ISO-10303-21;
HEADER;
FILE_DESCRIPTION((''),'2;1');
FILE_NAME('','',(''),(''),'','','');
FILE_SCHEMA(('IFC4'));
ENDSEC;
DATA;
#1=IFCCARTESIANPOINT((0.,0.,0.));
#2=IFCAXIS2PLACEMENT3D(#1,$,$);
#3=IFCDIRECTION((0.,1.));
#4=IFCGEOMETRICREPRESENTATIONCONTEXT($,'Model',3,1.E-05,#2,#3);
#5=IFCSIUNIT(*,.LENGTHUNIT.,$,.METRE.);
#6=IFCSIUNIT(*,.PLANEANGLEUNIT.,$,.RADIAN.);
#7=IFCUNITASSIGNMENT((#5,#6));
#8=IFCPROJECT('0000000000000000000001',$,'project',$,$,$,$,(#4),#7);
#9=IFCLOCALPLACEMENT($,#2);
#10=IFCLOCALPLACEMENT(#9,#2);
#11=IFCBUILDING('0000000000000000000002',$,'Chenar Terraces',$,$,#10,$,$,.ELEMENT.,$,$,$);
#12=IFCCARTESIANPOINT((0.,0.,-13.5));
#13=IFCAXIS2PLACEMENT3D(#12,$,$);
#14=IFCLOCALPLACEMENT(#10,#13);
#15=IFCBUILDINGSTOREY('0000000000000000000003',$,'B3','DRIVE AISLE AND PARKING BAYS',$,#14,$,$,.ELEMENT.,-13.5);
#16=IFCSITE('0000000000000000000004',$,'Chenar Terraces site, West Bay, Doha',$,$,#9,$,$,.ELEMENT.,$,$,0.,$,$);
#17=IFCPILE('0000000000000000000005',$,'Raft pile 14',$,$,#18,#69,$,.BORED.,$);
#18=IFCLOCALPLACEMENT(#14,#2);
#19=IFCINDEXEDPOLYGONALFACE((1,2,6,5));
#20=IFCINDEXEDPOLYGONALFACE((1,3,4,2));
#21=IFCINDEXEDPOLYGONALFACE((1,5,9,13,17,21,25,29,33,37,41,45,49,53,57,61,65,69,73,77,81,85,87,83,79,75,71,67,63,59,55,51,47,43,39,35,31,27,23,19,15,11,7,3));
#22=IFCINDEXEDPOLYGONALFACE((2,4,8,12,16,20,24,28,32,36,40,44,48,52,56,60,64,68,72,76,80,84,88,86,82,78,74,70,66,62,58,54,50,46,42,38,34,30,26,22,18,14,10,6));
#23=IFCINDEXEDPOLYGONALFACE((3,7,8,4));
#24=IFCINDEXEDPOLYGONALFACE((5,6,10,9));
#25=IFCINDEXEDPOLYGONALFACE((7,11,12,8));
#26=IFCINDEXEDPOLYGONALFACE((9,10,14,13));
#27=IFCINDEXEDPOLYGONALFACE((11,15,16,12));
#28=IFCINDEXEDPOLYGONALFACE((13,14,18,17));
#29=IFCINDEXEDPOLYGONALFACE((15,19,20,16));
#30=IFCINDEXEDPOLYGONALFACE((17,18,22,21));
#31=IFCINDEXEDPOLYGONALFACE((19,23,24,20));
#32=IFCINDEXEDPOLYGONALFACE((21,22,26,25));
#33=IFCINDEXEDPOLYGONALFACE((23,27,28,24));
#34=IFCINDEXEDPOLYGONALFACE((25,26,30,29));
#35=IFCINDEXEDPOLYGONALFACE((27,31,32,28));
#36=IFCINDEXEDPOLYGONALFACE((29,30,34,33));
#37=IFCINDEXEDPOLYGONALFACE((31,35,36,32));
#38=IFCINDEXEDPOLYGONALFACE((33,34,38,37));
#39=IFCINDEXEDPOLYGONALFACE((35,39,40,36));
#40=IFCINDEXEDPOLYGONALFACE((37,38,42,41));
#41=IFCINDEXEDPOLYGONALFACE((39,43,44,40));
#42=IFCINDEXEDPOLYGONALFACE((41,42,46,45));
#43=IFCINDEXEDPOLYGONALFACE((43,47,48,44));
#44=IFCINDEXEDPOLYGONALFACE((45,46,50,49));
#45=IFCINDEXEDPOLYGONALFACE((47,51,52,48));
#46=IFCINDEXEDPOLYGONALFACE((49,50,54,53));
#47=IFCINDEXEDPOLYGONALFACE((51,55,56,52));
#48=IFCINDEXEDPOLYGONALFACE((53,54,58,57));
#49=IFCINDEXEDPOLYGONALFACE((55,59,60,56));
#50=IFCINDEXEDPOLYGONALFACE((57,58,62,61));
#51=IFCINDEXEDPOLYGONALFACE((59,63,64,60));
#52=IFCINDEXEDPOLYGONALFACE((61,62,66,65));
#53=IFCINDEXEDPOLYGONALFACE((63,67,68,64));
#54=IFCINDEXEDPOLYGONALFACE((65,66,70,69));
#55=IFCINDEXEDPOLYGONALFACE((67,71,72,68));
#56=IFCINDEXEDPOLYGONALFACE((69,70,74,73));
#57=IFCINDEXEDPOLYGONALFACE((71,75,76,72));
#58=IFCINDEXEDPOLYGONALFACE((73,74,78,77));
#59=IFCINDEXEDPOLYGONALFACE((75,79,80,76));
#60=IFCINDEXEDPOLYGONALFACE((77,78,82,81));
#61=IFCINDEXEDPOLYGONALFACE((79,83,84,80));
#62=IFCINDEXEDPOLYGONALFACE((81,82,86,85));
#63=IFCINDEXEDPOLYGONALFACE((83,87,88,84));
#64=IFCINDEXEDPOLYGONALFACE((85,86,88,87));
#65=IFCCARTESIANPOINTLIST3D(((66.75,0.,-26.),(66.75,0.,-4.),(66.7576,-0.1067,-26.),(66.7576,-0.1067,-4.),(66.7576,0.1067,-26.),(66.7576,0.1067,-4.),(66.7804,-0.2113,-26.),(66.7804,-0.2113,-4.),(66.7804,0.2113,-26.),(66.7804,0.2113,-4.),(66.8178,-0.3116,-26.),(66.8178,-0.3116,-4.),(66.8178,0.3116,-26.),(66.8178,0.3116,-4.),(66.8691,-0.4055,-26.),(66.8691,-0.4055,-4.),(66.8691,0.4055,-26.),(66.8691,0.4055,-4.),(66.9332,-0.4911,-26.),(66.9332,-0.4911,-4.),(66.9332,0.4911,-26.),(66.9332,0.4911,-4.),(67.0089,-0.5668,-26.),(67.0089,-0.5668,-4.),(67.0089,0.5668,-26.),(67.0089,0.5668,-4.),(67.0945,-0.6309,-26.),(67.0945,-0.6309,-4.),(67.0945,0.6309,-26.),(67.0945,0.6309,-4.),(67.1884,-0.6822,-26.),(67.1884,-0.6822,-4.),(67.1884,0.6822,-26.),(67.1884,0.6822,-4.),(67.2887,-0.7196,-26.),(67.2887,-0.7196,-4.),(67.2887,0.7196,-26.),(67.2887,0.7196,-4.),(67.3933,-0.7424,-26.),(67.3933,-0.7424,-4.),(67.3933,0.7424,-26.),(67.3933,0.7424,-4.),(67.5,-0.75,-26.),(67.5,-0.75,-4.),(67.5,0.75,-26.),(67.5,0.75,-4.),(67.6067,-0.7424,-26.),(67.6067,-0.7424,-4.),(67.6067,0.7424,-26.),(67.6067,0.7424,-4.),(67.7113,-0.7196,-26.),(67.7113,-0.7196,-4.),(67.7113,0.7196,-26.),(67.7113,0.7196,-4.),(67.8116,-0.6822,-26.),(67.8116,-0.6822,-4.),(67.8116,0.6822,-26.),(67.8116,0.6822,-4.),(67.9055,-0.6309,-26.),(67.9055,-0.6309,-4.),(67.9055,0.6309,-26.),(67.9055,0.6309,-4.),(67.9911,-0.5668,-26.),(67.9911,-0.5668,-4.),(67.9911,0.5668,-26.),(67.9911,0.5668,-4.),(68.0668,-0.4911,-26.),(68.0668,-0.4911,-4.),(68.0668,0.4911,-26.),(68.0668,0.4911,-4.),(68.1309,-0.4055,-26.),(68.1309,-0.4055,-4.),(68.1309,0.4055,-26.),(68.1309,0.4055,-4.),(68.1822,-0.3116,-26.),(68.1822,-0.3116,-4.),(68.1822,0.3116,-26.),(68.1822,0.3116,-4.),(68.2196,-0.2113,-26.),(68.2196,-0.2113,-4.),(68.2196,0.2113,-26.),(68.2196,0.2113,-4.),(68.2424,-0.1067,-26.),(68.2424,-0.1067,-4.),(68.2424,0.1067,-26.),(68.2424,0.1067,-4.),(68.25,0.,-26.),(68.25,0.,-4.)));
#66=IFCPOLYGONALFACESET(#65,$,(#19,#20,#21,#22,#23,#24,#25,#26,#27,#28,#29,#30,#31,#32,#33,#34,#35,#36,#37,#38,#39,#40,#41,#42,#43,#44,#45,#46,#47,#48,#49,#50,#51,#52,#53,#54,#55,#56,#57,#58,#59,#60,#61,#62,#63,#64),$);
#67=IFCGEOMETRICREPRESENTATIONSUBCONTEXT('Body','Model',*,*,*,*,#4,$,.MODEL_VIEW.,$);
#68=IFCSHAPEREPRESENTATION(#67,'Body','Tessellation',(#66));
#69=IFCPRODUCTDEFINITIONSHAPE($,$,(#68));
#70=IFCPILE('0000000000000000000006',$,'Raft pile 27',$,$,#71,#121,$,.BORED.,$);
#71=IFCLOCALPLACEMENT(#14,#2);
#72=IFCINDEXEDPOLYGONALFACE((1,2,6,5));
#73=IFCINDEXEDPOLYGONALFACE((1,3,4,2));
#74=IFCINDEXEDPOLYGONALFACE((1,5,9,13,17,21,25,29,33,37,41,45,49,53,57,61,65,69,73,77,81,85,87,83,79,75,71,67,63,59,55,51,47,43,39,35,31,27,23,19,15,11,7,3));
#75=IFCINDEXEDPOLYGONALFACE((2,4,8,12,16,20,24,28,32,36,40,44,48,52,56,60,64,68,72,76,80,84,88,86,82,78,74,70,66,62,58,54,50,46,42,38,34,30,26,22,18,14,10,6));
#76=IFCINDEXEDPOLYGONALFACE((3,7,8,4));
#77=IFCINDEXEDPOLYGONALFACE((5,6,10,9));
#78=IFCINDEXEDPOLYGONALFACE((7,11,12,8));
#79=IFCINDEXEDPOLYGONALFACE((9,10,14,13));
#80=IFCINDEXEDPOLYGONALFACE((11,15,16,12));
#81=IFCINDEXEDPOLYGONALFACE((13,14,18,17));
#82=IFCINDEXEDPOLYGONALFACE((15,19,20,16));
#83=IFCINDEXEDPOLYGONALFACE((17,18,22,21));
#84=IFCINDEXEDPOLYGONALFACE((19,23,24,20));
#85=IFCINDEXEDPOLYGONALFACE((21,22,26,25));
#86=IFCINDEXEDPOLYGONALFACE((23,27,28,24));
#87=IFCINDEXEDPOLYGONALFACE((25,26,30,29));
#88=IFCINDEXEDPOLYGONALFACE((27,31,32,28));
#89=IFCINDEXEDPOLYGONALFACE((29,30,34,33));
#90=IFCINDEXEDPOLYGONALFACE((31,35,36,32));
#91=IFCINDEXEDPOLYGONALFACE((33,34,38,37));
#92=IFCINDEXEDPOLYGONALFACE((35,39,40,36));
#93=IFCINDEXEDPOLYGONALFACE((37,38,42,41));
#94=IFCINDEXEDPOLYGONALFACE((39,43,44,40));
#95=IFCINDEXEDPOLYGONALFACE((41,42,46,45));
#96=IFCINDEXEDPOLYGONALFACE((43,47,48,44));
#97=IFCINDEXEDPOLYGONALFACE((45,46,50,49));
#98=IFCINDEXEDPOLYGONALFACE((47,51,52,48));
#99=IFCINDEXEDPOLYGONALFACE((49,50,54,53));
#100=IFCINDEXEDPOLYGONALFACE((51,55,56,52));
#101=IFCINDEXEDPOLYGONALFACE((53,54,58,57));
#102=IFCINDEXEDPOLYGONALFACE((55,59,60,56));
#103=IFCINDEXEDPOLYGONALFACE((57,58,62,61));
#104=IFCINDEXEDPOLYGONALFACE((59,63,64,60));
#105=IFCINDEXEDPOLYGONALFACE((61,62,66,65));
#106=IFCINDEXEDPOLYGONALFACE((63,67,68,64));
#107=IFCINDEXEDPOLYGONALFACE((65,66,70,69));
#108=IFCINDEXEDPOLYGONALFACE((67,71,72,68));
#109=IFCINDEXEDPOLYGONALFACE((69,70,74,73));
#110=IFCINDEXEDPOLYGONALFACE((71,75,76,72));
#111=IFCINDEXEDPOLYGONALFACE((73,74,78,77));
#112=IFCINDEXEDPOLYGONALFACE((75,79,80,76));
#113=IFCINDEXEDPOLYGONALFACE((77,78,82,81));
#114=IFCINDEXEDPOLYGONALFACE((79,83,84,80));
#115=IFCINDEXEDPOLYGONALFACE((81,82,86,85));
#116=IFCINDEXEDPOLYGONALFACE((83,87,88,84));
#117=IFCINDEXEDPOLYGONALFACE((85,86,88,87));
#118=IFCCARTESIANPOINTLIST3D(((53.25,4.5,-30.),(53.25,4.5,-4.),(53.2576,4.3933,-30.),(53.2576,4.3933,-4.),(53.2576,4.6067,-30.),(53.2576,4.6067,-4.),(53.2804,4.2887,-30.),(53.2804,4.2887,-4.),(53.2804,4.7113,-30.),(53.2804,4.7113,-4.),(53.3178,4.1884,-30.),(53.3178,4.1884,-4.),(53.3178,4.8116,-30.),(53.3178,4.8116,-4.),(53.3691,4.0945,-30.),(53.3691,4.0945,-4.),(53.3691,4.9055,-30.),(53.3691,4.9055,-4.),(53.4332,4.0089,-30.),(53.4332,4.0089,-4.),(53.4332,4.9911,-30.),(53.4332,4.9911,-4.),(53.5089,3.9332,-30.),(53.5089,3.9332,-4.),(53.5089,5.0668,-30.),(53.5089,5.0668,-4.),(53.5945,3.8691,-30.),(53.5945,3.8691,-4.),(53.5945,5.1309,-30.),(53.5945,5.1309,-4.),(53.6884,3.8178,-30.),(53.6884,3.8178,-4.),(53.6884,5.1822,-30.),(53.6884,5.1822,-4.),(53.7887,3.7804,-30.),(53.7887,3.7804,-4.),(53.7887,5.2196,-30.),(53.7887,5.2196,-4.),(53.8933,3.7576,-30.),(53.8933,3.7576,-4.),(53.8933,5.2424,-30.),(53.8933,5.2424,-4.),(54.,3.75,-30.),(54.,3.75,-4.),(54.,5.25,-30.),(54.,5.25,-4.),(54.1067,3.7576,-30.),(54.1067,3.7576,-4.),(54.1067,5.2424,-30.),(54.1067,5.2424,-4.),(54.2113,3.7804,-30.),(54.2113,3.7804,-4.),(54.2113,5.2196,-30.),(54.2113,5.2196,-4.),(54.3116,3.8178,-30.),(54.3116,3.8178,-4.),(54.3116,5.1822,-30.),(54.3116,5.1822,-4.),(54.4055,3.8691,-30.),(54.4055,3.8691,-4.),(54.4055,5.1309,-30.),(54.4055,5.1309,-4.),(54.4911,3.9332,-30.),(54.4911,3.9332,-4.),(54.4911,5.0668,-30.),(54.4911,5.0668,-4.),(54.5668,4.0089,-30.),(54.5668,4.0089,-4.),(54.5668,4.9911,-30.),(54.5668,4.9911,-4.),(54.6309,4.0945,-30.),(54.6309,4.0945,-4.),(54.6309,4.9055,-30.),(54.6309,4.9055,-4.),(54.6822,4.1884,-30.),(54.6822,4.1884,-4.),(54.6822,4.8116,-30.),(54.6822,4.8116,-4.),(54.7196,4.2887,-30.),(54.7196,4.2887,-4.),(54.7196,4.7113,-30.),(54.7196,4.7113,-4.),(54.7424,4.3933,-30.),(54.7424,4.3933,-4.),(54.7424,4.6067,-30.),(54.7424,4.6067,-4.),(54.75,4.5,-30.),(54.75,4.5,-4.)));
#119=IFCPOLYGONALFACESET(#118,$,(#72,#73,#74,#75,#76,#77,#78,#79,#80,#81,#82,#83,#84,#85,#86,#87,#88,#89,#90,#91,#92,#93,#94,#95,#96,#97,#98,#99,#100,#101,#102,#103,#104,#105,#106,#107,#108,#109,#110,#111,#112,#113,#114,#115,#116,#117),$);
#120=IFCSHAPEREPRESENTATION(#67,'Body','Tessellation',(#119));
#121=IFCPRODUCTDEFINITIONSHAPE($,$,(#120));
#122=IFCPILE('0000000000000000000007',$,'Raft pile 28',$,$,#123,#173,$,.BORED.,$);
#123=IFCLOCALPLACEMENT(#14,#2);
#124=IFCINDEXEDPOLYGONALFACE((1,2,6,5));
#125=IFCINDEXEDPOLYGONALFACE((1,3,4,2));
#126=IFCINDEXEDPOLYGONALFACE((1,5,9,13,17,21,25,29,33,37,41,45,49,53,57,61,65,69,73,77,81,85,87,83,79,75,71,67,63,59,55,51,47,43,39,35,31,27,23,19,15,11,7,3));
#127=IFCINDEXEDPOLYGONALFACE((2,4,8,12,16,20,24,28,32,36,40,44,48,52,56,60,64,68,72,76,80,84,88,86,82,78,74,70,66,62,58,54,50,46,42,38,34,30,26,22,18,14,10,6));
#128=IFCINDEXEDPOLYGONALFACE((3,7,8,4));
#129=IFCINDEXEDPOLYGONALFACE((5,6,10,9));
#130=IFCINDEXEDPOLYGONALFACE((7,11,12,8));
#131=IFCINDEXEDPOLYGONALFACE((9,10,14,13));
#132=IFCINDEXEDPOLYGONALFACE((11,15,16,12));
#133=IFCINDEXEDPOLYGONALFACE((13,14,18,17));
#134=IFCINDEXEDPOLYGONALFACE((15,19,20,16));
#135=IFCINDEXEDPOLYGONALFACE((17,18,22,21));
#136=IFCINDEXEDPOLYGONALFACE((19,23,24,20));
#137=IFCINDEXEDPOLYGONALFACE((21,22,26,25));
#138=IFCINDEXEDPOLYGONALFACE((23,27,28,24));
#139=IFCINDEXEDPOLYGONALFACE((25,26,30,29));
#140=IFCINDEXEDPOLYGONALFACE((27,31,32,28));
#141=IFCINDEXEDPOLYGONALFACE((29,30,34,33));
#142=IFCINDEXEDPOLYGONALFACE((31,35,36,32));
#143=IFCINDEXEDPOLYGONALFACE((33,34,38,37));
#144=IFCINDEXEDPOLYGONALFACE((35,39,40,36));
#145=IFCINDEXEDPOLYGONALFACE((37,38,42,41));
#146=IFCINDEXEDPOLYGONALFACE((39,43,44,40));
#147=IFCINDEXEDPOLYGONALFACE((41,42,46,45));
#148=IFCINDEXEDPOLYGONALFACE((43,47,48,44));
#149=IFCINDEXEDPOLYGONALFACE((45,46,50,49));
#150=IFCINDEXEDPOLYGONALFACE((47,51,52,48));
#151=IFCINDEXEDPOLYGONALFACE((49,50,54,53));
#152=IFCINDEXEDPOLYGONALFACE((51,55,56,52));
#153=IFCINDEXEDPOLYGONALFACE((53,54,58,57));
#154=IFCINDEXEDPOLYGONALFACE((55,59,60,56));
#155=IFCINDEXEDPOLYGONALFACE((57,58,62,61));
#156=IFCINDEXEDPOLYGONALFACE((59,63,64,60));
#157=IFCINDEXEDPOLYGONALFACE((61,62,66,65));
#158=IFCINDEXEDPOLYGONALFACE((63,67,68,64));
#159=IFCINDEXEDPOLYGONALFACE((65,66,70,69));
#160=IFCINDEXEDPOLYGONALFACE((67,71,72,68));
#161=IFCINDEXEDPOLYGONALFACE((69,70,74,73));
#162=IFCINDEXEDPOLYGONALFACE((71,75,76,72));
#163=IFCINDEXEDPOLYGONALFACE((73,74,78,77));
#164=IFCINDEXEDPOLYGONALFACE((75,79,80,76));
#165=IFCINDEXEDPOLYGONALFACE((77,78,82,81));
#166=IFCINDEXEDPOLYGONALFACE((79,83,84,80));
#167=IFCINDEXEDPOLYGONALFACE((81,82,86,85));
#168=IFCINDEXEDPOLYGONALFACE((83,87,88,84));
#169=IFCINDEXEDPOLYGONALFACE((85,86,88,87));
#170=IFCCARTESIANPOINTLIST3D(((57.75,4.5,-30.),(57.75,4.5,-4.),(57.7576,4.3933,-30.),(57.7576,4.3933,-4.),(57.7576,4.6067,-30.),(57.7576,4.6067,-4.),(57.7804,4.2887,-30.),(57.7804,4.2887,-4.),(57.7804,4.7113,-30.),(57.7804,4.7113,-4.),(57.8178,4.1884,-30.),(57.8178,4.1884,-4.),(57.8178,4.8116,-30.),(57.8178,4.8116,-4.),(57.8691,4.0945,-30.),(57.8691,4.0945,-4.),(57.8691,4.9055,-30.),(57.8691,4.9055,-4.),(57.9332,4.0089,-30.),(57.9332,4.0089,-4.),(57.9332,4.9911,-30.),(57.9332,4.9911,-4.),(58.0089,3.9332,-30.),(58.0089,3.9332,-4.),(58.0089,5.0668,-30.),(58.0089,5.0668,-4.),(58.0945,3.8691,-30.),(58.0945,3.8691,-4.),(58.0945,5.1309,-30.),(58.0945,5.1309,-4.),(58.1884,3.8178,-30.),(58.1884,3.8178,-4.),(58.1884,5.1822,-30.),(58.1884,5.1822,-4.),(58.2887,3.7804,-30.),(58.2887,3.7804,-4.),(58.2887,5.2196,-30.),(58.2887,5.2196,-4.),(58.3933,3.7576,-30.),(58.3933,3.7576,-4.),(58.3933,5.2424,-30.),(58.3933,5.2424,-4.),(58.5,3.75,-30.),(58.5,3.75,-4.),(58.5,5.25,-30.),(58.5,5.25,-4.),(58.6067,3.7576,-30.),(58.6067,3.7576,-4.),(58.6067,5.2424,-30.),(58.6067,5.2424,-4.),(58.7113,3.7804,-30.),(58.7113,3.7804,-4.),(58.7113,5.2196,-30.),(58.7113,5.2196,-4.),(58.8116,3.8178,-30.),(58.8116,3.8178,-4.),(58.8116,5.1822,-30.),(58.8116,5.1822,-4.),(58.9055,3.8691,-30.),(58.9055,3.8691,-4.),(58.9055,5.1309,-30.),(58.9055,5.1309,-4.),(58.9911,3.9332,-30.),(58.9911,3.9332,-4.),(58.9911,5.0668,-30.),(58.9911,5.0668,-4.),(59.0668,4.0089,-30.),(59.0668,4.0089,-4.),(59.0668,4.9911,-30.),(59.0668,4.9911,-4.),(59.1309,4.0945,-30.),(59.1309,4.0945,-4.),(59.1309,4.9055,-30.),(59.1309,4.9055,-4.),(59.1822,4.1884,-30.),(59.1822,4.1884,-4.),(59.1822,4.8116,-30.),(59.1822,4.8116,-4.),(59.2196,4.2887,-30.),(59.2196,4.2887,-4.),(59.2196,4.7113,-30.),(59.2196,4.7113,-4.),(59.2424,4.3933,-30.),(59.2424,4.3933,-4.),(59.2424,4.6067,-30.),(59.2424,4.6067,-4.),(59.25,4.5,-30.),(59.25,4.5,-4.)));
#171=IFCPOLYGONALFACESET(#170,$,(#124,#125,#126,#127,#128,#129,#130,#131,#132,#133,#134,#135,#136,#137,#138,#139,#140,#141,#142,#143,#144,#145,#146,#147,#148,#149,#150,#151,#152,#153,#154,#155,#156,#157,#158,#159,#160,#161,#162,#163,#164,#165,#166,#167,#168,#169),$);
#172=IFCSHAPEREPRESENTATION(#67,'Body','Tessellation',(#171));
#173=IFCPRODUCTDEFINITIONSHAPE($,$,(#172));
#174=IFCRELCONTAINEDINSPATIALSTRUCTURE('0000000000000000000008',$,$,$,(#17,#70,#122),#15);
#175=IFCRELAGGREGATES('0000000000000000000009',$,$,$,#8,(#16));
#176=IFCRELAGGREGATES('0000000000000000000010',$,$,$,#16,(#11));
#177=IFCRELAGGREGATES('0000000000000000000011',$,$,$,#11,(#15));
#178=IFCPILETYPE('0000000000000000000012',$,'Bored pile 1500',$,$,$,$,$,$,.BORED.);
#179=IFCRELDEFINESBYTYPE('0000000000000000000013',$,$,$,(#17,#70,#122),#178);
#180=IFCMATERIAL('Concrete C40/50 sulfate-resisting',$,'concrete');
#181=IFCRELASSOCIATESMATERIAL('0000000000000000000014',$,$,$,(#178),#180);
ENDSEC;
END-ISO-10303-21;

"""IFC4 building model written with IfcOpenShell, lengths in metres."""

from ifc_helpers import new_model, si_unit, direction, frame, origin, origin_2d, place, context, subcontext, project, spatial, circle, extrude, material, material_profile, profile_set, type_object, element, save


model = new_model("IFC4")

# Units and contexts
model_context = context("Model", 3, precision=1e-05, world=origin(), true_north=direction((0.0, 1.0)))
body_context = subcontext(model_context, "Body", "Model", "MODEL_VIEW")
ifc_project = project(units=[si_unit("LENGTHUNIT", "METRE"), si_unit("PLANEANGLEUNIT", "RADIAN")], contexts=[model_context])

# Site, building, storey
site_placement = place(None, origin())
site = spatial("IfcSite", under=ifc_project, at=site_placement, Name="Chenar Terraces site, West Bay, Doha", CompositionType="ELEMENT", RefElevation=0.0)
building_placement = place(site_placement, origin())
building = spatial("IfcBuilding", under=site, at=building_placement, Name="Chenar Terraces", CompositionType="ELEMENT")
storey_placement = place(building_placement, frame((0.0, 0.0, -13.5)))
storey = spatial("IfcBuildingStorey", under=building, at=storey_placement, Name="B3", Description="DRIVE AISLE AND PARKING BAYS", CompositionType="ELEMENT", Elevation=-13.5)

# Piles
ifc_material_1 = material(Name="Concrete C40/50 sulfate-resisting", Category="concrete")
ifc_material_profile_1 = material_profile(ifc_material_1, circle(Radius=0.75, at=origin_2d()), Name="BP 1500")
ifc_profile_set_1 = profile_set([ifc_material_profile_1], Name="Concrete C40/50 sulfate-resisting")
pile_type = type_object("IfcPileType", Name="Bored pile 1500", PredefinedType="BORED", material=ifc_profile_set_1)
pile_placement = place(storey_placement, frame((67.5, 0.0, -4.0), z_axis=(0.0, 0.0, -1.0), x_axis=(1.0, 0.0, 0.0)))
element("IfcPile", 1, at=pile_placement, inside=storey, type_object=pile_type, Name="Raft pile 14", PredefinedType="BORED", context=body_context, shape_type="SweptSolid", body=[
    extrude(circle(Radius=0.75, at=origin_2d()), origin(), (0.0, 0.0, 1.0), 22.0),
])
for number, where, z_axis, x_axis, name in (
    (2, (54.0, 4.5, -4.0), (0.0, 0.0, -1.0), (1.0, 0.0, 0.0), "Raft pile 27"),
    (3, (58.5, 4.5, -4.0), (0.0, 0.0, -1.0), (1.0, 0.0, 0.0), "Raft pile 28"),
):
    element("IfcPile", number, at=place(storey_placement, frame(where, z_axis=z_axis, x_axis=x_axis)), inside=storey, type_object=pile_type, Name=name, PredefinedType="BORED", context=body_context, shape_type="SweptSolid", body=[
        extrude(circle(Radius=0.75, at=origin_2d()), origin(), (0.0, 0.0, 1.0), 26.0),
    ])

save(model, "model.ifc")
